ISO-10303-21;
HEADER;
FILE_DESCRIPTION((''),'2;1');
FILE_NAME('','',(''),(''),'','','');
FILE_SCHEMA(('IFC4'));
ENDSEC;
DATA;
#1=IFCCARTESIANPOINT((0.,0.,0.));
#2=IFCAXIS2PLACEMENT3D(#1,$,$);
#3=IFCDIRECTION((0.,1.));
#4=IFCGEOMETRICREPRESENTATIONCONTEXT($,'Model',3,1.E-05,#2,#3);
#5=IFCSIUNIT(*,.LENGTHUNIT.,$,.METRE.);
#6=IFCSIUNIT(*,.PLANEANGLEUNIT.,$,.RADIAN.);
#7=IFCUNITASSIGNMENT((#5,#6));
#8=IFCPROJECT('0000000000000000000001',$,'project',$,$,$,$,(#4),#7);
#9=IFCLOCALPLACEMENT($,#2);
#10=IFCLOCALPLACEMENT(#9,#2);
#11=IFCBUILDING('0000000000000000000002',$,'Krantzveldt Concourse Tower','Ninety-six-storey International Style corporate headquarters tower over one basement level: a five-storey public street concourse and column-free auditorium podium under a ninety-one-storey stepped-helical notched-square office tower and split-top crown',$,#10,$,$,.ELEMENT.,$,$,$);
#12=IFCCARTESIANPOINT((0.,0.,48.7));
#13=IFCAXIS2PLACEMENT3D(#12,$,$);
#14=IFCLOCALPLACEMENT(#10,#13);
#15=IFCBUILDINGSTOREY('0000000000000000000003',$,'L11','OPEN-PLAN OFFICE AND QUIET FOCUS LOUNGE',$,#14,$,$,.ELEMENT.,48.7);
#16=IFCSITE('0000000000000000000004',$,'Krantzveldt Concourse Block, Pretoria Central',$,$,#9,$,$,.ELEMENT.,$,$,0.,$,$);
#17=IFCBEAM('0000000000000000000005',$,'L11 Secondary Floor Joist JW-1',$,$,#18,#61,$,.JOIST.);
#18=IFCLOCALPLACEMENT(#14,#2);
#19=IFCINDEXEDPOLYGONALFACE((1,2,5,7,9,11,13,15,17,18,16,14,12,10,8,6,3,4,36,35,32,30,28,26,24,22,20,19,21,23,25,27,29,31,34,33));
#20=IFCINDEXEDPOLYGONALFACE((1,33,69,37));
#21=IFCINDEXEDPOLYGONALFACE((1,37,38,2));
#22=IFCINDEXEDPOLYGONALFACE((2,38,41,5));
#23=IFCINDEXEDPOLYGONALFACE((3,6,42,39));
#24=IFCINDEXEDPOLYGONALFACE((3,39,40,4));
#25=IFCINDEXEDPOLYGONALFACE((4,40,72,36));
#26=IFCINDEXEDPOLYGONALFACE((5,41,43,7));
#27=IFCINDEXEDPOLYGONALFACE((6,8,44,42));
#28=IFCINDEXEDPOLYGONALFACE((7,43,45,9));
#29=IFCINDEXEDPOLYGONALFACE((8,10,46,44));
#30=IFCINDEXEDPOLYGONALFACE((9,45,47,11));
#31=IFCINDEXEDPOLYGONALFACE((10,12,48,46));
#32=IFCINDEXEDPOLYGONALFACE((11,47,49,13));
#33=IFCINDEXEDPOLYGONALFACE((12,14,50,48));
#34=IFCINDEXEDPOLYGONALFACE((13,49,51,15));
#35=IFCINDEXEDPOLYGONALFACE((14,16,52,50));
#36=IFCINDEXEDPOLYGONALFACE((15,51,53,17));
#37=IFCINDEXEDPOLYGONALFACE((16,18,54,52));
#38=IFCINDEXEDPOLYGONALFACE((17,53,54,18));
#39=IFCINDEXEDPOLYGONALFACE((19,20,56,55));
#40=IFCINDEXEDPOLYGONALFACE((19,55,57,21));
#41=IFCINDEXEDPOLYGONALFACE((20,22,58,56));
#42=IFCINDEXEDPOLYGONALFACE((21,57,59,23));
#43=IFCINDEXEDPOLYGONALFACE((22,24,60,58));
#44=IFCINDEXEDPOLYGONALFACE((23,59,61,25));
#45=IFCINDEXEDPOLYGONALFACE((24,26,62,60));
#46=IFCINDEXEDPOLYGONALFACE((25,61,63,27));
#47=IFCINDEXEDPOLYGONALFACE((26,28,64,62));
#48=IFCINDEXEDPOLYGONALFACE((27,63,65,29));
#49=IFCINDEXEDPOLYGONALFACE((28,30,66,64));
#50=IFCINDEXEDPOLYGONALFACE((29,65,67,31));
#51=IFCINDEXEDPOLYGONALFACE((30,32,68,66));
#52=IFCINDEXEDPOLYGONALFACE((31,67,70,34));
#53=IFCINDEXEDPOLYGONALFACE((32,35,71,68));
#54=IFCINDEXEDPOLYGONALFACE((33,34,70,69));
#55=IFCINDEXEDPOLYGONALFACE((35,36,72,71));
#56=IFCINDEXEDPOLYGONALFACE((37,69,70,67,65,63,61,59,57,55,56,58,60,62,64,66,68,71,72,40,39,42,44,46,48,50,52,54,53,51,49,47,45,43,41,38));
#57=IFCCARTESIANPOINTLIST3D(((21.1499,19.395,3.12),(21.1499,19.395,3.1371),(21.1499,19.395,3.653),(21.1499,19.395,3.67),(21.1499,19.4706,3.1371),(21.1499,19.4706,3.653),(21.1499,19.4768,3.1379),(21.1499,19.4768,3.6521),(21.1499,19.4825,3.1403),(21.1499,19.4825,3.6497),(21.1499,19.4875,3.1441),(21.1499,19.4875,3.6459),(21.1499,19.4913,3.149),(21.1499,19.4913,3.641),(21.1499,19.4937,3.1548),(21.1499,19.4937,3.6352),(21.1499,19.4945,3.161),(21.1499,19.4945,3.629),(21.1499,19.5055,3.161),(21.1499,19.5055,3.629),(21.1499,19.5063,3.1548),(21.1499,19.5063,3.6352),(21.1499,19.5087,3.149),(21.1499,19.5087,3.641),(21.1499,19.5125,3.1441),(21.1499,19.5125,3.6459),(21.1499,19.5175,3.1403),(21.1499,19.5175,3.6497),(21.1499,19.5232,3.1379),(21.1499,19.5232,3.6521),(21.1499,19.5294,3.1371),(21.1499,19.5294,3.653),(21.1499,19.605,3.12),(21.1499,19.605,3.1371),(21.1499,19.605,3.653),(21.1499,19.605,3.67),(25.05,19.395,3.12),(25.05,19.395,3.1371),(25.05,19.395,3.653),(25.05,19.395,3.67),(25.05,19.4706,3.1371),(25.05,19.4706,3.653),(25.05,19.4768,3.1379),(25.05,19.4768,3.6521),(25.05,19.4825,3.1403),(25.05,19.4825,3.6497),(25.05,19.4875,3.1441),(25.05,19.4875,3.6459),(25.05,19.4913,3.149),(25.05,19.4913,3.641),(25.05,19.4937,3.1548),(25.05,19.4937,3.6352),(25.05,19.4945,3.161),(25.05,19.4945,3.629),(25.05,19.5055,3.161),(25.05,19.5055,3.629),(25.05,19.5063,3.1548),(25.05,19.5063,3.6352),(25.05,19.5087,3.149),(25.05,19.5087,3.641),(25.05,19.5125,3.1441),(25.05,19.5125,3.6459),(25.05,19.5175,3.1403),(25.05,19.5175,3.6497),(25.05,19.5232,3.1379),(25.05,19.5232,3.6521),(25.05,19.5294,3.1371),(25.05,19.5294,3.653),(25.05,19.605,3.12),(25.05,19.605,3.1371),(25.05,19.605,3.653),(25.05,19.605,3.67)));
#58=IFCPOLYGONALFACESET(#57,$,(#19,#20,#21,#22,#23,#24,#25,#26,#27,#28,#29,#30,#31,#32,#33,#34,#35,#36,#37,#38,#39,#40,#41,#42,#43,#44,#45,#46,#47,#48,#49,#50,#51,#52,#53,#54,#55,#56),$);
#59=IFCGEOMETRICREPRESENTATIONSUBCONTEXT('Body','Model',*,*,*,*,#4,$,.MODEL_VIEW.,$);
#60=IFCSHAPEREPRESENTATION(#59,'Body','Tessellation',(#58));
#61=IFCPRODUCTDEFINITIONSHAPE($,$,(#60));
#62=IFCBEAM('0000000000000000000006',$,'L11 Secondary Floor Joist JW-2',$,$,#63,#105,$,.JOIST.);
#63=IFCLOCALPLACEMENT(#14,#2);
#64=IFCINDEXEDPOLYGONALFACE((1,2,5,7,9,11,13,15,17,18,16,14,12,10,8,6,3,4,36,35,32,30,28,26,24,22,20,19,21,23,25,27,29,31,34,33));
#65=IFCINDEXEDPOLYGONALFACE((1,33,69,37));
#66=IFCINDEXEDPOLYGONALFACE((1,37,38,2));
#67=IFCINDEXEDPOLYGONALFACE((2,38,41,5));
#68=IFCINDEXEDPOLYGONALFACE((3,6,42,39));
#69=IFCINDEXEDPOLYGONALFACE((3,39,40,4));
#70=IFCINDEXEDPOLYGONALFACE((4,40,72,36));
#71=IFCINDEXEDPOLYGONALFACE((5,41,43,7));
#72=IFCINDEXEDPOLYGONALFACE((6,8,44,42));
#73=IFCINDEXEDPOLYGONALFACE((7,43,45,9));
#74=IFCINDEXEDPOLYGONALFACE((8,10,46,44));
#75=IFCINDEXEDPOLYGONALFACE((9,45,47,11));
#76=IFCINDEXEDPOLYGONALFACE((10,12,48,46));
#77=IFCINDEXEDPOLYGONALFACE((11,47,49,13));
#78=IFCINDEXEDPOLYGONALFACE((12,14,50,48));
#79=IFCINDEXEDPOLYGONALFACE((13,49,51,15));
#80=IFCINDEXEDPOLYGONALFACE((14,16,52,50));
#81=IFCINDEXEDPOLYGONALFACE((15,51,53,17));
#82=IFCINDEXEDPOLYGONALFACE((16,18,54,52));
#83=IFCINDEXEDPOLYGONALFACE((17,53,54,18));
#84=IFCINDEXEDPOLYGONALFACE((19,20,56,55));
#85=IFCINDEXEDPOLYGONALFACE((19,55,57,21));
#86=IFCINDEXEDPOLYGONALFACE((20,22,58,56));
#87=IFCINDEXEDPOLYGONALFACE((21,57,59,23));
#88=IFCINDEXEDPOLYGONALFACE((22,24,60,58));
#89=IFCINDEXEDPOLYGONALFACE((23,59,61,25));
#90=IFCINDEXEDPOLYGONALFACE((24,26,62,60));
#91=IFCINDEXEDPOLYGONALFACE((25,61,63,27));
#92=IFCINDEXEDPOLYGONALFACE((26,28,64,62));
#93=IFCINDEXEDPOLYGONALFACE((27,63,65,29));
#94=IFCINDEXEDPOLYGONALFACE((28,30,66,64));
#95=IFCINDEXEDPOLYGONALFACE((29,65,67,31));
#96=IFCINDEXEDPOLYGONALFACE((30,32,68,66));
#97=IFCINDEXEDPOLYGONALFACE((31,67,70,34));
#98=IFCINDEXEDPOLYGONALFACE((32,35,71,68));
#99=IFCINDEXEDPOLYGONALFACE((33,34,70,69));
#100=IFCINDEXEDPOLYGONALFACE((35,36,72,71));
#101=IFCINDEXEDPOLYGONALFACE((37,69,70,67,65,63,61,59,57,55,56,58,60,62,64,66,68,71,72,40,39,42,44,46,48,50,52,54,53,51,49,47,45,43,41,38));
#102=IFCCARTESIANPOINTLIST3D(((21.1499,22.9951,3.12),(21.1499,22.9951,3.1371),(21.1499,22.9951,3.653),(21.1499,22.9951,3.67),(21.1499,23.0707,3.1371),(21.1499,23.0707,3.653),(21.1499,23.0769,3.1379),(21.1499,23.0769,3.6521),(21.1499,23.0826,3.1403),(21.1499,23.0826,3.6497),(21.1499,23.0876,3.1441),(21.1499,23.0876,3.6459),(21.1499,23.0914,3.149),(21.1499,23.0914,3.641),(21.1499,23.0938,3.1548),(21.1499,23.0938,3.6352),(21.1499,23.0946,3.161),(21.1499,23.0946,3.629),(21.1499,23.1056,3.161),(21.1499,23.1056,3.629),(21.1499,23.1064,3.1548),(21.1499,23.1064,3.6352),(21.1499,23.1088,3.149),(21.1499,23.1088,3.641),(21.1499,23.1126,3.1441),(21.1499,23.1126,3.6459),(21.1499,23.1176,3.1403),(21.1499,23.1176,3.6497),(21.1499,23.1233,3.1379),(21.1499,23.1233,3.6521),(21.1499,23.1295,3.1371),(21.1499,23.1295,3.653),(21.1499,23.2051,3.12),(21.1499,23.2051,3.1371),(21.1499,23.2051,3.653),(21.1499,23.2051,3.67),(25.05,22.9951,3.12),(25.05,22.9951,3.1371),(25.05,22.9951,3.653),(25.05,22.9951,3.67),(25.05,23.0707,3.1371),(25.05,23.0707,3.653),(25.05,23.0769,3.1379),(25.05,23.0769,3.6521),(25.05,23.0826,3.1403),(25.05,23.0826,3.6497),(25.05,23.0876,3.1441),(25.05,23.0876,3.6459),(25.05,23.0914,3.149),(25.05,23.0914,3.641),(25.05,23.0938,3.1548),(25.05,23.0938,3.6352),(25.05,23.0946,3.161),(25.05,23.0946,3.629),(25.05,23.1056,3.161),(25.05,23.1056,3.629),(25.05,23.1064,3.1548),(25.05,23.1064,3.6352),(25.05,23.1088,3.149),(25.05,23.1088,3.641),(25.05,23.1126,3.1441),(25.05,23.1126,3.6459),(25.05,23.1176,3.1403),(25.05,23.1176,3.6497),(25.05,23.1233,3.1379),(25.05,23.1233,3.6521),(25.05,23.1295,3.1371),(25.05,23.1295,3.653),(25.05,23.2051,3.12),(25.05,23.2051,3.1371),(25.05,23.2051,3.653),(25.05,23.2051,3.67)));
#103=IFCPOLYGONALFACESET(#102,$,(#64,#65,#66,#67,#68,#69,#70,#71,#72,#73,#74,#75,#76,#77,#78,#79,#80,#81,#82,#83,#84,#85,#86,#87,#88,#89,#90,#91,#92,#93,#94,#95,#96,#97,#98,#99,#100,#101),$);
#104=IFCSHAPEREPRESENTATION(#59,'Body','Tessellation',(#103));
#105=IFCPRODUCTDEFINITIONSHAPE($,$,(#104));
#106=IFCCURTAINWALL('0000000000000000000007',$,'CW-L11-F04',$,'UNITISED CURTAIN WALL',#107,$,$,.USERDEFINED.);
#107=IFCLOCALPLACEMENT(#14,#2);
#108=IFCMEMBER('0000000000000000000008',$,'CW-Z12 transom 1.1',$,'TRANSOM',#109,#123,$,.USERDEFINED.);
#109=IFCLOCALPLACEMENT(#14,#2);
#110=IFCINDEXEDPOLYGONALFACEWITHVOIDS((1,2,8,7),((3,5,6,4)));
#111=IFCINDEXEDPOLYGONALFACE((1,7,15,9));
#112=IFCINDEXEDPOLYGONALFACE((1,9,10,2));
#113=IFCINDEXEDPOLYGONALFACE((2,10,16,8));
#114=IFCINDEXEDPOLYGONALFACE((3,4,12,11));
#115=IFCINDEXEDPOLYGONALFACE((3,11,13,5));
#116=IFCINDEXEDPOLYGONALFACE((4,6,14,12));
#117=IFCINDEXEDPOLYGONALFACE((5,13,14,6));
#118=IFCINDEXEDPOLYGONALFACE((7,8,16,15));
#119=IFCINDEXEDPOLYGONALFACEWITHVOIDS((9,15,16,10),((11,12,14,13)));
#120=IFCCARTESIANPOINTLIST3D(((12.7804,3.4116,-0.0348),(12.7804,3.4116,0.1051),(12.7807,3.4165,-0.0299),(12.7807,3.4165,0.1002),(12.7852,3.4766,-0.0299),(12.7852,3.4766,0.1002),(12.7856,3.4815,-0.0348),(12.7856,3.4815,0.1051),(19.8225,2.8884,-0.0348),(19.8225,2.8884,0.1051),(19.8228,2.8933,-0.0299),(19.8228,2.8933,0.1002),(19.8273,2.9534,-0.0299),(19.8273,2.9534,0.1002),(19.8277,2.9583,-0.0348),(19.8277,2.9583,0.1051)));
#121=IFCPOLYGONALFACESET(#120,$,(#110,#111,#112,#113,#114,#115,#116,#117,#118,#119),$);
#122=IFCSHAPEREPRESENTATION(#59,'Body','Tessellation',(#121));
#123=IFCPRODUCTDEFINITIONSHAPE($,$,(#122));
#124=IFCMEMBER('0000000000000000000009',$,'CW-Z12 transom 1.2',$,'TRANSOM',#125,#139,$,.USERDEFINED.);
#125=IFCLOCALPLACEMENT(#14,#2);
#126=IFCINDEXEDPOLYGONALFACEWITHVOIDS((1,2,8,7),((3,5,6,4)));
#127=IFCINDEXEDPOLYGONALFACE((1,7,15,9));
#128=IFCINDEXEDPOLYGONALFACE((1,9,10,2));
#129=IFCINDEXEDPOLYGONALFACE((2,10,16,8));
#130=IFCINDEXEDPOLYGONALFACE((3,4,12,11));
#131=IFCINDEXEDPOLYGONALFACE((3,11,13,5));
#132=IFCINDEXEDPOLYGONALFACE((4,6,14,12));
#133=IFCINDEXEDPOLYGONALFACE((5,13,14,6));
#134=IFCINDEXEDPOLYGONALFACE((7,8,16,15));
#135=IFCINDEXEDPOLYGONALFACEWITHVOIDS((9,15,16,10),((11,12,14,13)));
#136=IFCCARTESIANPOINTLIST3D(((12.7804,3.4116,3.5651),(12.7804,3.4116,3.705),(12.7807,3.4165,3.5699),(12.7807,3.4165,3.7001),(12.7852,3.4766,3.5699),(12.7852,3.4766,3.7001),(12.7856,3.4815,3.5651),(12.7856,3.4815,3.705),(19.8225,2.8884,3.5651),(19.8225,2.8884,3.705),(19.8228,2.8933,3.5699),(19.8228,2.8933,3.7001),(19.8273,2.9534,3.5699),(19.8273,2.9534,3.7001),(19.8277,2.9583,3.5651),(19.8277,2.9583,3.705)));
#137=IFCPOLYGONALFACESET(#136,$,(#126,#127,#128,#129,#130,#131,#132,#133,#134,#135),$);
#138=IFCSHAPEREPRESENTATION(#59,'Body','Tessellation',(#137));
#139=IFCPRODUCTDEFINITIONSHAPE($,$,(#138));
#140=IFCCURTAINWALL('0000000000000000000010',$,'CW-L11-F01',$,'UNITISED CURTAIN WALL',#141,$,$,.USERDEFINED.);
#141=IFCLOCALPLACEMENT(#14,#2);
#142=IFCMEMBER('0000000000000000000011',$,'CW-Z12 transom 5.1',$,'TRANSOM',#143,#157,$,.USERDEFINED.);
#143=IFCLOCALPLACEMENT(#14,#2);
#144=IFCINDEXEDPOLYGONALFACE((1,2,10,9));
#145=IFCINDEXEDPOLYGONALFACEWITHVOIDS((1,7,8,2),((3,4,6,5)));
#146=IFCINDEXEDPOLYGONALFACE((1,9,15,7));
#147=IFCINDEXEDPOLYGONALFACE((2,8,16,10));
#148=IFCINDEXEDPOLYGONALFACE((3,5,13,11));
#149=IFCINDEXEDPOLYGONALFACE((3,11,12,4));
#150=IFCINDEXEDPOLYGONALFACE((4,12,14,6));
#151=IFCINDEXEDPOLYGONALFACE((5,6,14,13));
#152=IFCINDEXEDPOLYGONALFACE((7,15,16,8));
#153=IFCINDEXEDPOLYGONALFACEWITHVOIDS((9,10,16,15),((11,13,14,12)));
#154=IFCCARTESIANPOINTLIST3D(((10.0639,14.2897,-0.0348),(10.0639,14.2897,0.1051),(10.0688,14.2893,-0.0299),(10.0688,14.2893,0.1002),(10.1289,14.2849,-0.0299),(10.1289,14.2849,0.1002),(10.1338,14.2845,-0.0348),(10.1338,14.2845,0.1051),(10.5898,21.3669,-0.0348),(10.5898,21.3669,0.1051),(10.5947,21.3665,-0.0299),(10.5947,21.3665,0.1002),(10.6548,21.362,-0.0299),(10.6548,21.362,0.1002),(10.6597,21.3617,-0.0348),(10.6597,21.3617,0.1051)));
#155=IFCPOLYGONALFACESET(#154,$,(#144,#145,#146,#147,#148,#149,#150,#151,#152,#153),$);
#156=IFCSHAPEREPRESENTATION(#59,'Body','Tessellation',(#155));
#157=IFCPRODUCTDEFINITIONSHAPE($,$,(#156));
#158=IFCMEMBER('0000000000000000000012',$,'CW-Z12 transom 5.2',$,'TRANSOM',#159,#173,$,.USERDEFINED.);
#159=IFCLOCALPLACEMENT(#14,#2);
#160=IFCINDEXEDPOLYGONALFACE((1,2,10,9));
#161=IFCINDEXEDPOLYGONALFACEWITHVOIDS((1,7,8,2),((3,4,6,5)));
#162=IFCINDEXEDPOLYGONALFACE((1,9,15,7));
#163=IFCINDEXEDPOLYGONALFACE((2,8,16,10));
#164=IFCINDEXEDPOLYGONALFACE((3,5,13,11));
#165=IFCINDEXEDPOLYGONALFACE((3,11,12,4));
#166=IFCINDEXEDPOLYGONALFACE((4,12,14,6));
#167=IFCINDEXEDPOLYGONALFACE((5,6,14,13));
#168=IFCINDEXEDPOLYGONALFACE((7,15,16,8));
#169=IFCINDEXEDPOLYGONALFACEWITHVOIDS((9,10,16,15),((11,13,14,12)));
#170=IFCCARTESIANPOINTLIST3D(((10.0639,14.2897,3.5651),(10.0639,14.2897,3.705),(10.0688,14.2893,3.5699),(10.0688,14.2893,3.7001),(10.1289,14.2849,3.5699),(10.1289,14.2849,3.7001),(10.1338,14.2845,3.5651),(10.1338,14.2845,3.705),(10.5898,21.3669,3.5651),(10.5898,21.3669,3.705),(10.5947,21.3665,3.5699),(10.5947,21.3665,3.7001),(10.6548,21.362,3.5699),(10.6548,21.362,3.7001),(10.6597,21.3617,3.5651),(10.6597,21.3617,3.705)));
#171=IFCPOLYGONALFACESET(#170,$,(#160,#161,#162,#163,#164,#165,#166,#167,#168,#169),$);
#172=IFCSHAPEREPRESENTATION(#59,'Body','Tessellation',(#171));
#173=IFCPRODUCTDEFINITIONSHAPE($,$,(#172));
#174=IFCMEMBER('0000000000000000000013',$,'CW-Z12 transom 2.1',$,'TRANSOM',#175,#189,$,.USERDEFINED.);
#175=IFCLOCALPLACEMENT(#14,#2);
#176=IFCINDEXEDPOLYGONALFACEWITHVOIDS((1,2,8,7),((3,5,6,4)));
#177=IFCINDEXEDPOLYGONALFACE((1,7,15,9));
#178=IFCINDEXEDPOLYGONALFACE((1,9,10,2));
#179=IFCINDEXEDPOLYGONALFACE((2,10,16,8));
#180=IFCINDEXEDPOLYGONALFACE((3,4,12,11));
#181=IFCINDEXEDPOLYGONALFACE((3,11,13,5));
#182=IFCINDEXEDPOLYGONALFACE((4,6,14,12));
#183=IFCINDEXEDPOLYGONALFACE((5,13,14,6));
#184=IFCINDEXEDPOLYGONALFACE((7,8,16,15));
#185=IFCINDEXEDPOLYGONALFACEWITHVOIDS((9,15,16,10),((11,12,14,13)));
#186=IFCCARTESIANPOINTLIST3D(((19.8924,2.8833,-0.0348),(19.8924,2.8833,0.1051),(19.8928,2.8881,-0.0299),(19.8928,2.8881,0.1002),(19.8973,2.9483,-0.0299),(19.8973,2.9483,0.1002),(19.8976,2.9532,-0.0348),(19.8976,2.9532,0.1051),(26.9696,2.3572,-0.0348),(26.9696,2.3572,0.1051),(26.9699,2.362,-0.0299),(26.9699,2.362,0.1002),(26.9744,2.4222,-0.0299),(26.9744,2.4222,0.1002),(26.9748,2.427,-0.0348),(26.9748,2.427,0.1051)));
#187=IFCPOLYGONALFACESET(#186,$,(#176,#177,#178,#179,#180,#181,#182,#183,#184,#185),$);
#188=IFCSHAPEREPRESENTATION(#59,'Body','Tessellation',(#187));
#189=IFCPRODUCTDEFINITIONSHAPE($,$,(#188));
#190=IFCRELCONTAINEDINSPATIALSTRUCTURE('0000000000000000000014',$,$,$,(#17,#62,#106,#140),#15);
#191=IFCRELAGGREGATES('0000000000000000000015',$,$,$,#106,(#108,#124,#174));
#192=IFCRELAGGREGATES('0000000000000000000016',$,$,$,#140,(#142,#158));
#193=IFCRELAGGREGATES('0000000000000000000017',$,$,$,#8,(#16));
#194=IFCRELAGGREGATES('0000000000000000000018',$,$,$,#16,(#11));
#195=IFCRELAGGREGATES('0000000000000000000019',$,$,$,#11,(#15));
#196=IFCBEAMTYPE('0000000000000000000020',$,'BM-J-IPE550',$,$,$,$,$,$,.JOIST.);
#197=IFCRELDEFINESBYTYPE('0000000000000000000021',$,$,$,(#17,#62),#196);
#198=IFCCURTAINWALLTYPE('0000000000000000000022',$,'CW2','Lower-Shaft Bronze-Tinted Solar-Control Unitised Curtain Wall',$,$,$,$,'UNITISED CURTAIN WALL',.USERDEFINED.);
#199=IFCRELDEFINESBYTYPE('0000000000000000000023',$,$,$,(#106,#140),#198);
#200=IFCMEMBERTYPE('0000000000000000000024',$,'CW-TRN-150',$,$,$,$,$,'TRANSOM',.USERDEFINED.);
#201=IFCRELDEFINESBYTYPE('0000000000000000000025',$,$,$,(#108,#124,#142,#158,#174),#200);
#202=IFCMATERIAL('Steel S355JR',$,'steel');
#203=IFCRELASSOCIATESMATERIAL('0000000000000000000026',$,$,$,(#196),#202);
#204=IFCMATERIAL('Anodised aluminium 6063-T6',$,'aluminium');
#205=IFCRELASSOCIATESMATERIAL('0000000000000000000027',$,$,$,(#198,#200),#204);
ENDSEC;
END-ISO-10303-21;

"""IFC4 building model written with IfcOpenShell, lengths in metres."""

from ifc_helpers import new_model, si_unit, direction, frame, origin, origin_2d, place, context, subcontext, project, spatial, hollow_rectangle, i_section, extrude, source, transform, mapped, material, material_profile, profile_set, type_object, type_shapes, element, aggregate, save


model = new_model("IFC4")

# Units and contexts
model_context = context("Model", 3, precision=1e-05, world=origin(), true_north=direction((0.0, 1.0)))
body_context = subcontext(model_context, "Body", "Model", "MODEL_VIEW")
ifc_project = project(units=[si_unit("LENGTHUNIT", "METRE"), si_unit("PLANEANGLEUNIT", "RADIAN")], contexts=[model_context])

# Site, building, storey
site_placement = place(None, origin())
site = spatial("IfcSite", under=ifc_project, at=site_placement, Name="Krantzveldt Concourse Block, Pretoria Central", CompositionType="ELEMENT", RefElevation=0.0)
building_placement = place(site_placement, origin())
building = spatial("IfcBuilding", under=site, at=building_placement, Name="Krantzveldt Concourse Tower", Description="Ninety-six-storey International Style corporate headquarters tower over one basement level: a five-storey public street concourse and column-free auditorium podium under a ninety-one-storey stepped-helical notched-square office tower and split-top crown", CompositionType="ELEMENT")
storey_placement = place(building_placement, frame((0.0, 0.0, 48.7)))
storey = spatial("IfcBuildingStorey", under=building, at=storey_placement, Name="L11", Description="OPEN-PLAN OFFICE AND QUIET FOCUS LOUNGE", CompositionType="ELEMENT", Elevation=48.7)

# Beams
ifc_material_1 = material(Name="Steel S355JR", Category="steel")
ifc_material_profile_1 = material_profile(ifc_material_1, i_section(OverallWidth=0.21, OverallDepth=0.55, WebThickness=0.011, FlangeThickness=0.0171, FilletRadius=0.0239, at=origin_2d()), Name="Steel S355JR", Category="steel")
ifc_profile_set_1 = profile_set([ifc_material_profile_1], Name="Steel S355JR - IPE 550")
beam_type_1 = type_object("IfcBeamType", Name="BM-J-IPE550", PredefinedType="JOIST", material=ifc_profile_set_1)
shared_shape_1 = source(origin(), body_context, "Body", "SweptSolid", [
    extrude(i_section(OverallWidth=0.21, OverallDepth=0.55, WebThickness=0.011, FlangeThickness=0.0171, FilletRadius=0.0239, at=origin_2d()), origin(), (0.0, 0.0, 1.0), 3.9001),
])
type_shapes(beam_type_1, [shared_shape_1])
for number, where, z_axis, x_axis, name in (
    (1, (21.1499, 19.5, 3.395), (1.0, 0.0, 0.0), (0.0, 1.0, 0.0), "L11 Secondary Floor Joist JW-1"),
    (2, (21.1499, 23.1001, 3.395), (1.0, 0.0, 0.0), (0.0, 1.0, 0.0), "L11 Secondary Floor Joist JW-2"),
):
    element("IfcBeam", number, at=place(storey_placement, frame(where, z_axis=z_axis, x_axis=x_axis)), inside=storey, type_object=beam_type_1, Name=name, PredefinedType="JOIST", context=body_context, shape_type="MappedRepresentation", body=[
        mapped(shared_shape_1, transform((0.0, 0.0, 0.0), x_axis=(1.0, 0.0, 0.0), y_axis=(0.0, 1.0, 0.0), z_axis=(0.0, 0.0, 1.0), scale=1.0)),
    ])

# Curtain walls, members
ifc_material_2 = material(Name="Anodised aluminium 6063-T6", Category="aluminium")
curtain_wall_type = type_object("IfcCurtainWallType", Name="CW2", Description="Lower-Shaft Bronze-Tinted Solar-Control Unitised Curtain Wall", ElementType="UNITISED CURTAIN WALL", PredefinedType="USERDEFINED", material=ifc_material_2)
curtain_wall_1_placement = place(storey_placement, origin())
curtain_wall_1 = element("IfcCurtainWall", 3, at=curtain_wall_1_placement, inside=storey, type_object=curtain_wall_type, Name="CW-L11-F04", ObjectType="UNITISED CURTAIN WALL", PredefinedType="USERDEFINED")
ifc_material_profile_2 = material_profile(ifc_material_2, hollow_rectangle(XDim=0.0701, YDim=0.1399, WallThickness=0.0049, at=origin_2d()), Name="Anodised aluminium 6063-T6", Category="aluminium")
ifc_profile_set_2 = profile_set([ifc_material_profile_2], Name="Anodised aluminium 6063-T6 - ALU-TRAN 140x70x5")
member_type_1 = type_object("IfcMemberType", Name="CW-TRN-150", ElementType="TRANSOM", PredefinedType="USERDEFINED", material=ifc_profile_set_2)
shared_shape_2 = source(origin(), body_context, "Body", "SweptSolid", [
    extrude(hollow_rectangle(XDim=0.0701, YDim=0.1399, WallThickness=0.0049, at=origin_2d()), origin(), (0.0, 0.0, 1.0), 7.0615),
])
member_1_placement = place(storey_placement, frame((12.783, 3.4465, 0.0352), z_axis=(0.997252, -0.074089, 0.0), x_axis=(0.074089, 0.997252, 0.0)))
member_1 = element("IfcMember", 4, at=member_1_placement, type_object=member_type_1, Name="CW-Z12 transom 1.1", ObjectType="TRANSOM", PredefinedType="USERDEFINED", context=body_context, shape_type="MappedRepresentation", body=[
    mapped(shared_shape_2, transform((0.0, 0.0, 0.0), x_axis=(1.0, 0.0, 0.0), y_axis=(0.0, 1.0, 0.0), z_axis=(0.0, 0.0, 1.0), scale=1.0)),
])
member_2_placement = place(storey_placement, frame((12.783, 3.4465, 3.635), z_axis=(0.997252, -0.074089, 0.0), x_axis=(0.074089, 0.997252, 0.0)))
member_2 = element("IfcMember", 5, at=member_2_placement, type_object=member_type_1, Name="CW-Z12 transom 1.2", ObjectType="TRANSOM", PredefinedType="USERDEFINED", context=body_context, shape_type="MappedRepresentation", body=[
    mapped(shared_shape_2, transform((0.0, 0.0, 0.0), x_axis=(1.0, 0.0, 0.0), y_axis=(0.0, 1.0, 0.0), z_axis=(0.0, 0.0, 1.0), scale=1.0)),
])
curtain_wall_2_placement = place(storey_placement, origin())
curtain_wall_2 = element("IfcCurtainWall", 6, at=curtain_wall_2_placement, inside=storey, type_object=curtain_wall_type, Name="CW-L11-F01", ObjectType="UNITISED CURTAIN WALL", PredefinedType="USERDEFINED")
shared_shape_3 = source(origin(), body_context, "Body", "SweptSolid", [
    extrude(hollow_rectangle(XDim=0.0701, YDim=0.1399, WallThickness=0.0049, at=origin_2d()), origin(), (0.0, 0.0, 1.0), 7.0967),
])
member_3_placement = place(storey_placement, frame((10.6248, 21.3643, 0.0352), z_axis=(-0.074102, -0.997251, 0.0), x_axis=(0.997251, -0.074102, 0.0)))
member_3 = element("IfcMember", 7, at=member_3_placement, type_object=member_type_1, Name="CW-Z12 transom 5.1", ObjectType="TRANSOM", PredefinedType="USERDEFINED", context=body_context, shape_type="MappedRepresentation", body=[
    mapped(shared_shape_3, transform((0.0, 0.0, 0.0), x_axis=(1.0, 0.0, 0.0), y_axis=(0.0, 1.0, 0.0), z_axis=(0.0, 0.0, 1.0), scale=1.0)),
])
member_4_placement = place(storey_placement, frame((10.6248, 21.3643, 3.635), z_axis=(-0.074102, -0.997251, 0.0), x_axis=(0.997251, -0.074102, 0.0)))
member_4 = element("IfcMember", 8, at=member_4_placement, type_object=member_type_1, Name="CW-Z12 transom 5.2", ObjectType="TRANSOM", PredefinedType="USERDEFINED", context=body_context, shape_type="MappedRepresentation", body=[
    mapped(shared_shape_3, transform((0.0, 0.0, 0.0), x_axis=(1.0, 0.0, 0.0), y_axis=(0.0, 1.0, 0.0), z_axis=(0.0, 0.0, 1.0), scale=1.0)),
])

# Member
member_5_placement = place(storey_placement, frame((19.895, 2.9182, 0.0352), z_axis=(0.997248, -0.074137, 0.0), x_axis=(0.074137, 0.997248, 0.0)))
member_5 = element("IfcMember", 9, at=member_5_placement, type_object=member_type_1, Name="CW-Z12 transom 2.1", ObjectType="TRANSOM", PredefinedType="USERDEFINED", context=body_context, shape_type="MappedRepresentation", body=[
    mapped(shared_shape_3, transform((0.0, 0.0, 0.0), x_axis=(1.0, 0.0, 0.0), y_axis=(0.0, 1.0, 0.0), z_axis=(0.0, 0.0, 1.0), scale=1.0)),
])

aggregate(curtain_wall_1, [member_1, member_2, member_5])
aggregate(curtain_wall_2, [member_3, member_4])

save(model, "model.ifc")
